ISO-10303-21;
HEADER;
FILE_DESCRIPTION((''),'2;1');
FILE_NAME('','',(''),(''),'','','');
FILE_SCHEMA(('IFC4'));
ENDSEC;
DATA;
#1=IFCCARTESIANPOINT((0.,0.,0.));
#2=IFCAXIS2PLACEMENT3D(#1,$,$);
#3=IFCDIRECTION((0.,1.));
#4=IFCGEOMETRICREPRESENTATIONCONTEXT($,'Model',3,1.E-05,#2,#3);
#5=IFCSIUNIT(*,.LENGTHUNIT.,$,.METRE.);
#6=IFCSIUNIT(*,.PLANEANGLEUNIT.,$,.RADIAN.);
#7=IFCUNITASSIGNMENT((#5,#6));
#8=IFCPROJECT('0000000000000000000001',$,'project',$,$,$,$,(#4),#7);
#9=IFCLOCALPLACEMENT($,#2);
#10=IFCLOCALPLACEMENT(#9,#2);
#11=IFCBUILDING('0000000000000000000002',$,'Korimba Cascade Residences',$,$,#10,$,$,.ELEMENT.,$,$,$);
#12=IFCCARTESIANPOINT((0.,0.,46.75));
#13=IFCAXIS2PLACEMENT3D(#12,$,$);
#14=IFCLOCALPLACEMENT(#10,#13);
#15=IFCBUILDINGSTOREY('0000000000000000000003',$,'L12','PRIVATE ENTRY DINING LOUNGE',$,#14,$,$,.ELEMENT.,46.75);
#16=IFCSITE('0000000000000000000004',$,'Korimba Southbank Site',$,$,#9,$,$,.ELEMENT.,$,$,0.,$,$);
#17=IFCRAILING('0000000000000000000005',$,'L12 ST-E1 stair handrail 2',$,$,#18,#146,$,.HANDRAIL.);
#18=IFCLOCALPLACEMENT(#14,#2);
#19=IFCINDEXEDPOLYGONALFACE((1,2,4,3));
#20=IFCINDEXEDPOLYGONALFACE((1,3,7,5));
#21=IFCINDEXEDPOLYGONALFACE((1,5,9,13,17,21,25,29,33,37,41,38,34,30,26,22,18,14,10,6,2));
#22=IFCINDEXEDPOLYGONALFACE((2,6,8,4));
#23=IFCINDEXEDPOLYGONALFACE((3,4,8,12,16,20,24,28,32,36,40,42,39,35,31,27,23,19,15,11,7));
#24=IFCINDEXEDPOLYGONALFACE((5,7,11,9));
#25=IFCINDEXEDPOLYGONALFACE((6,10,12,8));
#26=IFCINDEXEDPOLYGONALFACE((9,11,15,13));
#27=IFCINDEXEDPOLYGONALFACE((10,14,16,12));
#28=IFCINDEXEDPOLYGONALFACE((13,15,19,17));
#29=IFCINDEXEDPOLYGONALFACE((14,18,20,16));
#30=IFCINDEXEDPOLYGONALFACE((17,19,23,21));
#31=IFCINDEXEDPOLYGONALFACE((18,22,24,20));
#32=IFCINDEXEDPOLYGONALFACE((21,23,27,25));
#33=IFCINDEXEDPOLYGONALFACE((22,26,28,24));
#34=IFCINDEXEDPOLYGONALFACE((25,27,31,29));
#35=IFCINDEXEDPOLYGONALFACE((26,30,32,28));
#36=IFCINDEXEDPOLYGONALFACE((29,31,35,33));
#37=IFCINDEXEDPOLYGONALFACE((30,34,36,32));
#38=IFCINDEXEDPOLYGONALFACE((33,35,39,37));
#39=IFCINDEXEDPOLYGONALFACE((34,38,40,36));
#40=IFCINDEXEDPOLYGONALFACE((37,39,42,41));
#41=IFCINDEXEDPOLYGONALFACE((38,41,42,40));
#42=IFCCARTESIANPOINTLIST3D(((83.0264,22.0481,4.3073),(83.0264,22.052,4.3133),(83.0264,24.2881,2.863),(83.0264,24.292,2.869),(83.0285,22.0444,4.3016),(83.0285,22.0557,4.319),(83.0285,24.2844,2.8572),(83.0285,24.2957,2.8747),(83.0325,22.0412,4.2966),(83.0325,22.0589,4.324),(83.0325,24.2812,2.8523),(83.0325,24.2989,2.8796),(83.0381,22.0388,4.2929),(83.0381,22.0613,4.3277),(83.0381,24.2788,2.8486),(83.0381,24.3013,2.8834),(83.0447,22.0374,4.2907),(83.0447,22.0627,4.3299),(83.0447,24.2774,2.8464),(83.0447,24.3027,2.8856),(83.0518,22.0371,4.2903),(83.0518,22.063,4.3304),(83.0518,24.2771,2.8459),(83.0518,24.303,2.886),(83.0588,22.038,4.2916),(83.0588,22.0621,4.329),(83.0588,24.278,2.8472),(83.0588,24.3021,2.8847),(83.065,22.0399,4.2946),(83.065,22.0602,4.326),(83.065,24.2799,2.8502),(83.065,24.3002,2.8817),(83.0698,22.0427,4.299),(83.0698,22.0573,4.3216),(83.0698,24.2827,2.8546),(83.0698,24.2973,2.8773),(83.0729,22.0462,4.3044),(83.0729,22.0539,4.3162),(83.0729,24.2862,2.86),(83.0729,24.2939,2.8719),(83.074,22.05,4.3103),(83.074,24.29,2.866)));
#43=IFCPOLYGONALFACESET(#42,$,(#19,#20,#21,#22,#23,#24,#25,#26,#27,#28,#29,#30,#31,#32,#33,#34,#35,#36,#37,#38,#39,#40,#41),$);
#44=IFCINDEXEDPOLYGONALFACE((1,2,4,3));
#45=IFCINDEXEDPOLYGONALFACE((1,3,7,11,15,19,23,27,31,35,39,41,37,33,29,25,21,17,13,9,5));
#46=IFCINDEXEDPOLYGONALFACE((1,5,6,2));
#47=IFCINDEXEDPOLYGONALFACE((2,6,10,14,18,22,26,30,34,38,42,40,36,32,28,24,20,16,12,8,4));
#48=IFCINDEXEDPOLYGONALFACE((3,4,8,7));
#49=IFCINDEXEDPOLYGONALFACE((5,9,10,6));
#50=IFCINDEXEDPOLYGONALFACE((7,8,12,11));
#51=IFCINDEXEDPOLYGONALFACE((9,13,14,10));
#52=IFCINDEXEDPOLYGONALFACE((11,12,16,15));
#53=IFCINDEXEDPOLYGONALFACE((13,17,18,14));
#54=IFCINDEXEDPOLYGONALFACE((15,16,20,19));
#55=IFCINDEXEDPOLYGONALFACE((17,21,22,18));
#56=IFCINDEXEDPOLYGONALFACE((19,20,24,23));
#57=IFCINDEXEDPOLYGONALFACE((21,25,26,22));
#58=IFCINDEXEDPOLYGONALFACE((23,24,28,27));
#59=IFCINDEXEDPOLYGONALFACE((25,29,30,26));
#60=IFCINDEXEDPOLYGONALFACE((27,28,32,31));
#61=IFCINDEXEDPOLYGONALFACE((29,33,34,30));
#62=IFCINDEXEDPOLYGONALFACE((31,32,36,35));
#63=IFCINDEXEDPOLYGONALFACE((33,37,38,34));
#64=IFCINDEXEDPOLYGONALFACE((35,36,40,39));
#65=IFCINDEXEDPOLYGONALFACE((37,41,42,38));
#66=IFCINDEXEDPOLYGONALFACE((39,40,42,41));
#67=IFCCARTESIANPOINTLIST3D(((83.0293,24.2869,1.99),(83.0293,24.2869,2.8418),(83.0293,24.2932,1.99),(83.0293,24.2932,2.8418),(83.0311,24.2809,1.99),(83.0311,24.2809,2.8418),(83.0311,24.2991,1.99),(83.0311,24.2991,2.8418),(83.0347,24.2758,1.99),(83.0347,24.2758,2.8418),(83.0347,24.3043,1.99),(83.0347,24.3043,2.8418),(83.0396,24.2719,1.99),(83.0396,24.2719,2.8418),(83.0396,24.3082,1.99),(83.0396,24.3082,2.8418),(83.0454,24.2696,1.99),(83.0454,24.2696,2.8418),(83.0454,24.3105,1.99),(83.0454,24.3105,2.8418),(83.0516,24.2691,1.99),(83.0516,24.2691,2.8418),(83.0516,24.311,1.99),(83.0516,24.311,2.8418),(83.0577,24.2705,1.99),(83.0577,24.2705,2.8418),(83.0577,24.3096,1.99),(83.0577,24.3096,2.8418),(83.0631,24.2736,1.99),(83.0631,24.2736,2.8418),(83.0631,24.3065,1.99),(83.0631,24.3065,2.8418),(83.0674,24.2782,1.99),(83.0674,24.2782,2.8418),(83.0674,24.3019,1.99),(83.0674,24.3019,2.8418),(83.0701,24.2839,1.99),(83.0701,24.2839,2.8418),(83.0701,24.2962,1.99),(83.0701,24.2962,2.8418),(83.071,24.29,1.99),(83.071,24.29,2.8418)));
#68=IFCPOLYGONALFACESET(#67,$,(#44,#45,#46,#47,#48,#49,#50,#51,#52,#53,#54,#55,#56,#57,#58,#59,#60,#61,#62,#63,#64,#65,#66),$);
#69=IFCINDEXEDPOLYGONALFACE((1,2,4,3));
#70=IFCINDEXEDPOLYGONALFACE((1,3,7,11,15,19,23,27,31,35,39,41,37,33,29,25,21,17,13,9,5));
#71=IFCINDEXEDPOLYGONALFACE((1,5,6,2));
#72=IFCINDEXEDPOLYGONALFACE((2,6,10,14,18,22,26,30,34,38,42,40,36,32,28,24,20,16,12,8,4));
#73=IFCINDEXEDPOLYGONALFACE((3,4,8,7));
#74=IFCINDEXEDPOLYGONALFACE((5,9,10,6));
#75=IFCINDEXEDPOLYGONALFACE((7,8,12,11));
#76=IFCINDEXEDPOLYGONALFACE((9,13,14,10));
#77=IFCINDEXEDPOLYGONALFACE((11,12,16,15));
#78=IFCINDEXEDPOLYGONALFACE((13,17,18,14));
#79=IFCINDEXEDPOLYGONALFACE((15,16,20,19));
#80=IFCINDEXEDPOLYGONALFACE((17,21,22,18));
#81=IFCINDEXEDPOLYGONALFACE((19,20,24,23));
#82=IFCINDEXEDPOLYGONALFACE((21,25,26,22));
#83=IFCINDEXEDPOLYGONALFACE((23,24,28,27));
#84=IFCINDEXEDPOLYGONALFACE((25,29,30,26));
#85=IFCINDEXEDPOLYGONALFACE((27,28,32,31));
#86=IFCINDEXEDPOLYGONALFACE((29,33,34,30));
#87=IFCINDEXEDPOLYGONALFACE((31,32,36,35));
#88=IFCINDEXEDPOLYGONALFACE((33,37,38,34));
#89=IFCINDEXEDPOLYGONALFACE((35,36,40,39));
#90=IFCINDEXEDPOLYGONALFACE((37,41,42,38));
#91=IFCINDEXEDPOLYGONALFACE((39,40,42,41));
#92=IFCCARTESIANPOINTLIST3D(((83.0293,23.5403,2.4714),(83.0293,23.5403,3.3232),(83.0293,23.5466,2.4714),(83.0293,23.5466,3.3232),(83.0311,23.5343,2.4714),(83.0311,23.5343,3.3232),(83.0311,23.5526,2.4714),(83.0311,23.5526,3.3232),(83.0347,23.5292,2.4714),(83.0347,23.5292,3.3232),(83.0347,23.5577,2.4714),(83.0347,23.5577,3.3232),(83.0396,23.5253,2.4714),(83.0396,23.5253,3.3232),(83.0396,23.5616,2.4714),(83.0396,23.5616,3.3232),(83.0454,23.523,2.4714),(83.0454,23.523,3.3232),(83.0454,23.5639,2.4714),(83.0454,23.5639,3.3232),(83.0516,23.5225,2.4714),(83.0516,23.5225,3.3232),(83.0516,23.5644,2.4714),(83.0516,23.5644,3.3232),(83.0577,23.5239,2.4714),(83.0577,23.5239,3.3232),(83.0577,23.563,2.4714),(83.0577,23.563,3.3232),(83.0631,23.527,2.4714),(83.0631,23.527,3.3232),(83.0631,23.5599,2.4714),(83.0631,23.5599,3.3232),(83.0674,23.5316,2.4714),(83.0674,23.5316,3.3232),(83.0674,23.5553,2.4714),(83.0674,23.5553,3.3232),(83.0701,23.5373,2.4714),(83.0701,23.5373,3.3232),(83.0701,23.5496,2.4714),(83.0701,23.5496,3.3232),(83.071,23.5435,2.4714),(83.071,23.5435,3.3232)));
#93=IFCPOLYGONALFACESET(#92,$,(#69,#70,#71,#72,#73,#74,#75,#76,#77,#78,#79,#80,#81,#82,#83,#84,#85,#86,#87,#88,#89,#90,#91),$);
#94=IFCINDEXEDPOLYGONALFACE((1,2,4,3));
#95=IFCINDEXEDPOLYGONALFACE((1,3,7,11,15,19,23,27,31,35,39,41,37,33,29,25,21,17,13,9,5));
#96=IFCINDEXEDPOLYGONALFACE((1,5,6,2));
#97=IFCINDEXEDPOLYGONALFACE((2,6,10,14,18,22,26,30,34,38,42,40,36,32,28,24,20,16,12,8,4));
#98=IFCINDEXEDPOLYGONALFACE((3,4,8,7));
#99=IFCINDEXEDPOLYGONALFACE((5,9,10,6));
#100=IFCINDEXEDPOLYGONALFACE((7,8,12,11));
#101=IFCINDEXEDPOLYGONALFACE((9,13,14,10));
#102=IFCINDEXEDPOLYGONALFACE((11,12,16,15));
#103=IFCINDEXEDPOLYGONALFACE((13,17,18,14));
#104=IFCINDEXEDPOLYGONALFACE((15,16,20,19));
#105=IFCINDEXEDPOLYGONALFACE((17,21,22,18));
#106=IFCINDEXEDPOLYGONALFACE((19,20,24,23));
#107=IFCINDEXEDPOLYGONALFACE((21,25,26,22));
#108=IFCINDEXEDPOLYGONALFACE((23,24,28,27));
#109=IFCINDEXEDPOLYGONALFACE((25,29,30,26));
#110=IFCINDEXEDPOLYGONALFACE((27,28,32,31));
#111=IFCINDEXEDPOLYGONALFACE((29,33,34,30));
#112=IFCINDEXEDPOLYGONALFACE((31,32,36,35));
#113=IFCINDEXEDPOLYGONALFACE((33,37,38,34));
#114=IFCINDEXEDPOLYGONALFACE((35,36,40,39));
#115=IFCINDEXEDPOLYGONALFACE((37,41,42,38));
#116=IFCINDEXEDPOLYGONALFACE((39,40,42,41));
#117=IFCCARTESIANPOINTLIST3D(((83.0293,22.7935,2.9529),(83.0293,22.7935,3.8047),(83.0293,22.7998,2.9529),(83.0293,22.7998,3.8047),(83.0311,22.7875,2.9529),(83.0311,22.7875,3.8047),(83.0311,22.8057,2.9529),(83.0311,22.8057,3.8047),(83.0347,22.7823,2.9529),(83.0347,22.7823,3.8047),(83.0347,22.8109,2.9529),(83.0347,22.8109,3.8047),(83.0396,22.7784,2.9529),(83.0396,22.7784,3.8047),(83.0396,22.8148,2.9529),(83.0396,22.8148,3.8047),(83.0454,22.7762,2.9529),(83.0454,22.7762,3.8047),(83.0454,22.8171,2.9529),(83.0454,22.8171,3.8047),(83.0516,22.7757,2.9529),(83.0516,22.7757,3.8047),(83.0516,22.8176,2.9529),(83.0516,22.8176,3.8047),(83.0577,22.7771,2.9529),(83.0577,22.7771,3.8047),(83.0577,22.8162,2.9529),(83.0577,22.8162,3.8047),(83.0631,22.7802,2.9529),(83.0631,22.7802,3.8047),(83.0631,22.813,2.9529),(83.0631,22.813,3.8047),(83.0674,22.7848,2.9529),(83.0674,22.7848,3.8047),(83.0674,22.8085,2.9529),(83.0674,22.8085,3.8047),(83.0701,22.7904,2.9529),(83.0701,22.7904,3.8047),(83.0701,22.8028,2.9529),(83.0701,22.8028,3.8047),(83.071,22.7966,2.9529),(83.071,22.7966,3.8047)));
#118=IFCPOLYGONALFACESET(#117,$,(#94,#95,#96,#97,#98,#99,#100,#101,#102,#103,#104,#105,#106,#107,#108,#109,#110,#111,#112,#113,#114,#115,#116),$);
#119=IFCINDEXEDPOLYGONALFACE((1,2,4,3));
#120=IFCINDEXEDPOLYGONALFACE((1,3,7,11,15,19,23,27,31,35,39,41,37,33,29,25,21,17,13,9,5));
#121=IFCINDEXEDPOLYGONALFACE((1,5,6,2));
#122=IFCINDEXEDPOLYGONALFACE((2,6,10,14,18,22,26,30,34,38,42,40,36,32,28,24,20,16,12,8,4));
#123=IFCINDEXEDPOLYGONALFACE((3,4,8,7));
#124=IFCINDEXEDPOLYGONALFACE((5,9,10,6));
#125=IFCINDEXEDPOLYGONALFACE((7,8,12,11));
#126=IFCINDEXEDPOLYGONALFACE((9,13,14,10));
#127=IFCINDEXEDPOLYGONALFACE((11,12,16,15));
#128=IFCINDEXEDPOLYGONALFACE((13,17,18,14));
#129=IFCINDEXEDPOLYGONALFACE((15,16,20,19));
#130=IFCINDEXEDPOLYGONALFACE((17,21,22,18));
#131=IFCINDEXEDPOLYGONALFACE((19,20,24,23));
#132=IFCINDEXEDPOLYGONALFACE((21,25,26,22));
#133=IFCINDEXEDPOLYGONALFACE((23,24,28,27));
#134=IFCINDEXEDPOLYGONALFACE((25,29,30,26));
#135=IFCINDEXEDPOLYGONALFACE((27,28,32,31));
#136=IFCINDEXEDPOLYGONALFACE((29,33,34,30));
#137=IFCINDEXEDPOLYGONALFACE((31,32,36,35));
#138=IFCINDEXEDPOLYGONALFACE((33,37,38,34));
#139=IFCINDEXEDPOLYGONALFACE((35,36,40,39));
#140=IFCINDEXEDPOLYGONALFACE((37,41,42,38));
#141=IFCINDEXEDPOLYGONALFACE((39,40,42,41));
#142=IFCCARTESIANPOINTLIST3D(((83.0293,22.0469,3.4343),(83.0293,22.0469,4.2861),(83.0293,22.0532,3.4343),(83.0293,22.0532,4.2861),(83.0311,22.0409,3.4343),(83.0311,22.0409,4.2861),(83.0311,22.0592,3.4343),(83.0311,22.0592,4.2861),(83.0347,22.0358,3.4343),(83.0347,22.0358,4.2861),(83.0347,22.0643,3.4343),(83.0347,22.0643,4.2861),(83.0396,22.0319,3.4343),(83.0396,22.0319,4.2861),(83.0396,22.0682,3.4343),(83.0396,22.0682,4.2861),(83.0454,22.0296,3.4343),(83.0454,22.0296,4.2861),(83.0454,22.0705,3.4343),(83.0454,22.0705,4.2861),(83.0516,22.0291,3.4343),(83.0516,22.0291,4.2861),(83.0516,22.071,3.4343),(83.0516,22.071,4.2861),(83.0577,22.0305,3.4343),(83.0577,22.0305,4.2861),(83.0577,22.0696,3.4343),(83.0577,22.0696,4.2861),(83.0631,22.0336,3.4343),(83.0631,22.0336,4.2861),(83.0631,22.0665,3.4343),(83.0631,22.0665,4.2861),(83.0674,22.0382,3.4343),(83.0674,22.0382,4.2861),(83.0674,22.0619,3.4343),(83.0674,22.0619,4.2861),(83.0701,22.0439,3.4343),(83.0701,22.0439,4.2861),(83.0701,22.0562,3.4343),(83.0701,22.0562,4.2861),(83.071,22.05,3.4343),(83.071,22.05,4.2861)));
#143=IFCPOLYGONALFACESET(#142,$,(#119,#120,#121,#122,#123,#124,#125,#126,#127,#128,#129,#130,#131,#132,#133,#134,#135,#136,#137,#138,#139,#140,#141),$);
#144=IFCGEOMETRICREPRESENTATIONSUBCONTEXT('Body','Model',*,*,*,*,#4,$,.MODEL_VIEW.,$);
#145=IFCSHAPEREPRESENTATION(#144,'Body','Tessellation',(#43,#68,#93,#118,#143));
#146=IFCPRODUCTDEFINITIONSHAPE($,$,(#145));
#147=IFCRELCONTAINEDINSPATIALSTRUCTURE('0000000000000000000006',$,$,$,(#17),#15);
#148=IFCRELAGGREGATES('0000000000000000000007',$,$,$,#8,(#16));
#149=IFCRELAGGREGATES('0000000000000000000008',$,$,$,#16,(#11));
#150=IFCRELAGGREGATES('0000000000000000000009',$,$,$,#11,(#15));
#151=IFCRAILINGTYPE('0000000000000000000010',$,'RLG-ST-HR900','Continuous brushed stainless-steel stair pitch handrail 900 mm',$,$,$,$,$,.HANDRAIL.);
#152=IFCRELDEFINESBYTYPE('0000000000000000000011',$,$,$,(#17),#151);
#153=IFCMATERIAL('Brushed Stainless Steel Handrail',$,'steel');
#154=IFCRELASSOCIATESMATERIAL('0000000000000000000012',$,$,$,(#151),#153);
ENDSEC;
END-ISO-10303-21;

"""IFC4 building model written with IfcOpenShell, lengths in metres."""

from ifc_helpers import new_model, si_unit, direction, frame, origin, origin_2d, place, context, subcontext, project, spatial, circle, extrude, material, type_object, element, save


model = new_model("IFC4")

# Units and contexts
model_context = context("Model", 3, precision=1e-05, world=origin(), true_north=direction((0.0, 1.0)))
body_context = subcontext(model_context, "Body", "Model", "MODEL_VIEW")
ifc_project = project(units=[si_unit("LENGTHUNIT", "METRE"), si_unit("PLANEANGLEUNIT", "RADIAN")], contexts=[model_context])

# Site, building, storey
site_placement = place(None, origin())
site = spatial("IfcSite", under=ifc_project, at=site_placement, Name="Korimba Southbank Site", CompositionType="ELEMENT", RefElevation=0.0)
building_placement = place(site_placement, origin())
building = spatial("IfcBuilding", under=site, at=building_placement, Name="Korimba Cascade Residences", CompositionType="ELEMENT")
storey_placement = place(building_placement, frame((0.0, 0.0, 46.75)))
storey = spatial("IfcBuildingStorey", under=building, at=storey_placement, Name="L12", Description="PRIVATE ENTRY DINING LOUNGE", CompositionType="ELEMENT", Elevation=46.75)

# Railing
ifc_material_1 = material(Name="Brushed Stainless Steel Handrail", Category="steel")
railing_type_1 = type_object("IfcRailingType", Name="RLG-ST-HR900", Description="Continuous brushed stainless-steel stair pitch handrail 900 mm", PredefinedType="HANDRAIL", material=ifc_material_1)
railing_1_placement = place(storey_placement, frame((83.05, 24.29, 1.99)))
element("IfcRailing", 1, at=railing_1_placement, inside=storey, type_object=railing_type_1, Name="L12 ST-E1 stair handrail 2", PredefinedType="HANDRAIL", context=body_context, shape_type="SweptSolid", body=[
    extrude(circle(Radius=0.0239, at=origin_2d()), frame((0.0, 0.0, 0.876), z_axis=(0.0, -0.840437, 0.54191), x_axis=(1.0, 0.0, 0.0)), (0.0, 0.0, 1.0), 2.6653),
    extrude(circle(Radius=0.021, at=origin_2d()), origin(), (0.0, 0.0, 1.0), 0.8518),
    extrude(circle(Radius=0.021, at=origin_2d()), frame((0.0, -0.7466, 0.4814)), (0.0, 0.0, 1.0), 0.8518),
    extrude(circle(Radius=0.021, at=origin_2d()), frame((0.0, -1.4934, 0.9629)), (0.0, 0.0, 1.0), 0.8518),
    extrude(circle(Radius=0.021, at=origin_2d()), frame((0.0, -2.24, 1.4443)), (0.0, 0.0, 1.0), 0.8518),
])

save(model, "model.ifc")
